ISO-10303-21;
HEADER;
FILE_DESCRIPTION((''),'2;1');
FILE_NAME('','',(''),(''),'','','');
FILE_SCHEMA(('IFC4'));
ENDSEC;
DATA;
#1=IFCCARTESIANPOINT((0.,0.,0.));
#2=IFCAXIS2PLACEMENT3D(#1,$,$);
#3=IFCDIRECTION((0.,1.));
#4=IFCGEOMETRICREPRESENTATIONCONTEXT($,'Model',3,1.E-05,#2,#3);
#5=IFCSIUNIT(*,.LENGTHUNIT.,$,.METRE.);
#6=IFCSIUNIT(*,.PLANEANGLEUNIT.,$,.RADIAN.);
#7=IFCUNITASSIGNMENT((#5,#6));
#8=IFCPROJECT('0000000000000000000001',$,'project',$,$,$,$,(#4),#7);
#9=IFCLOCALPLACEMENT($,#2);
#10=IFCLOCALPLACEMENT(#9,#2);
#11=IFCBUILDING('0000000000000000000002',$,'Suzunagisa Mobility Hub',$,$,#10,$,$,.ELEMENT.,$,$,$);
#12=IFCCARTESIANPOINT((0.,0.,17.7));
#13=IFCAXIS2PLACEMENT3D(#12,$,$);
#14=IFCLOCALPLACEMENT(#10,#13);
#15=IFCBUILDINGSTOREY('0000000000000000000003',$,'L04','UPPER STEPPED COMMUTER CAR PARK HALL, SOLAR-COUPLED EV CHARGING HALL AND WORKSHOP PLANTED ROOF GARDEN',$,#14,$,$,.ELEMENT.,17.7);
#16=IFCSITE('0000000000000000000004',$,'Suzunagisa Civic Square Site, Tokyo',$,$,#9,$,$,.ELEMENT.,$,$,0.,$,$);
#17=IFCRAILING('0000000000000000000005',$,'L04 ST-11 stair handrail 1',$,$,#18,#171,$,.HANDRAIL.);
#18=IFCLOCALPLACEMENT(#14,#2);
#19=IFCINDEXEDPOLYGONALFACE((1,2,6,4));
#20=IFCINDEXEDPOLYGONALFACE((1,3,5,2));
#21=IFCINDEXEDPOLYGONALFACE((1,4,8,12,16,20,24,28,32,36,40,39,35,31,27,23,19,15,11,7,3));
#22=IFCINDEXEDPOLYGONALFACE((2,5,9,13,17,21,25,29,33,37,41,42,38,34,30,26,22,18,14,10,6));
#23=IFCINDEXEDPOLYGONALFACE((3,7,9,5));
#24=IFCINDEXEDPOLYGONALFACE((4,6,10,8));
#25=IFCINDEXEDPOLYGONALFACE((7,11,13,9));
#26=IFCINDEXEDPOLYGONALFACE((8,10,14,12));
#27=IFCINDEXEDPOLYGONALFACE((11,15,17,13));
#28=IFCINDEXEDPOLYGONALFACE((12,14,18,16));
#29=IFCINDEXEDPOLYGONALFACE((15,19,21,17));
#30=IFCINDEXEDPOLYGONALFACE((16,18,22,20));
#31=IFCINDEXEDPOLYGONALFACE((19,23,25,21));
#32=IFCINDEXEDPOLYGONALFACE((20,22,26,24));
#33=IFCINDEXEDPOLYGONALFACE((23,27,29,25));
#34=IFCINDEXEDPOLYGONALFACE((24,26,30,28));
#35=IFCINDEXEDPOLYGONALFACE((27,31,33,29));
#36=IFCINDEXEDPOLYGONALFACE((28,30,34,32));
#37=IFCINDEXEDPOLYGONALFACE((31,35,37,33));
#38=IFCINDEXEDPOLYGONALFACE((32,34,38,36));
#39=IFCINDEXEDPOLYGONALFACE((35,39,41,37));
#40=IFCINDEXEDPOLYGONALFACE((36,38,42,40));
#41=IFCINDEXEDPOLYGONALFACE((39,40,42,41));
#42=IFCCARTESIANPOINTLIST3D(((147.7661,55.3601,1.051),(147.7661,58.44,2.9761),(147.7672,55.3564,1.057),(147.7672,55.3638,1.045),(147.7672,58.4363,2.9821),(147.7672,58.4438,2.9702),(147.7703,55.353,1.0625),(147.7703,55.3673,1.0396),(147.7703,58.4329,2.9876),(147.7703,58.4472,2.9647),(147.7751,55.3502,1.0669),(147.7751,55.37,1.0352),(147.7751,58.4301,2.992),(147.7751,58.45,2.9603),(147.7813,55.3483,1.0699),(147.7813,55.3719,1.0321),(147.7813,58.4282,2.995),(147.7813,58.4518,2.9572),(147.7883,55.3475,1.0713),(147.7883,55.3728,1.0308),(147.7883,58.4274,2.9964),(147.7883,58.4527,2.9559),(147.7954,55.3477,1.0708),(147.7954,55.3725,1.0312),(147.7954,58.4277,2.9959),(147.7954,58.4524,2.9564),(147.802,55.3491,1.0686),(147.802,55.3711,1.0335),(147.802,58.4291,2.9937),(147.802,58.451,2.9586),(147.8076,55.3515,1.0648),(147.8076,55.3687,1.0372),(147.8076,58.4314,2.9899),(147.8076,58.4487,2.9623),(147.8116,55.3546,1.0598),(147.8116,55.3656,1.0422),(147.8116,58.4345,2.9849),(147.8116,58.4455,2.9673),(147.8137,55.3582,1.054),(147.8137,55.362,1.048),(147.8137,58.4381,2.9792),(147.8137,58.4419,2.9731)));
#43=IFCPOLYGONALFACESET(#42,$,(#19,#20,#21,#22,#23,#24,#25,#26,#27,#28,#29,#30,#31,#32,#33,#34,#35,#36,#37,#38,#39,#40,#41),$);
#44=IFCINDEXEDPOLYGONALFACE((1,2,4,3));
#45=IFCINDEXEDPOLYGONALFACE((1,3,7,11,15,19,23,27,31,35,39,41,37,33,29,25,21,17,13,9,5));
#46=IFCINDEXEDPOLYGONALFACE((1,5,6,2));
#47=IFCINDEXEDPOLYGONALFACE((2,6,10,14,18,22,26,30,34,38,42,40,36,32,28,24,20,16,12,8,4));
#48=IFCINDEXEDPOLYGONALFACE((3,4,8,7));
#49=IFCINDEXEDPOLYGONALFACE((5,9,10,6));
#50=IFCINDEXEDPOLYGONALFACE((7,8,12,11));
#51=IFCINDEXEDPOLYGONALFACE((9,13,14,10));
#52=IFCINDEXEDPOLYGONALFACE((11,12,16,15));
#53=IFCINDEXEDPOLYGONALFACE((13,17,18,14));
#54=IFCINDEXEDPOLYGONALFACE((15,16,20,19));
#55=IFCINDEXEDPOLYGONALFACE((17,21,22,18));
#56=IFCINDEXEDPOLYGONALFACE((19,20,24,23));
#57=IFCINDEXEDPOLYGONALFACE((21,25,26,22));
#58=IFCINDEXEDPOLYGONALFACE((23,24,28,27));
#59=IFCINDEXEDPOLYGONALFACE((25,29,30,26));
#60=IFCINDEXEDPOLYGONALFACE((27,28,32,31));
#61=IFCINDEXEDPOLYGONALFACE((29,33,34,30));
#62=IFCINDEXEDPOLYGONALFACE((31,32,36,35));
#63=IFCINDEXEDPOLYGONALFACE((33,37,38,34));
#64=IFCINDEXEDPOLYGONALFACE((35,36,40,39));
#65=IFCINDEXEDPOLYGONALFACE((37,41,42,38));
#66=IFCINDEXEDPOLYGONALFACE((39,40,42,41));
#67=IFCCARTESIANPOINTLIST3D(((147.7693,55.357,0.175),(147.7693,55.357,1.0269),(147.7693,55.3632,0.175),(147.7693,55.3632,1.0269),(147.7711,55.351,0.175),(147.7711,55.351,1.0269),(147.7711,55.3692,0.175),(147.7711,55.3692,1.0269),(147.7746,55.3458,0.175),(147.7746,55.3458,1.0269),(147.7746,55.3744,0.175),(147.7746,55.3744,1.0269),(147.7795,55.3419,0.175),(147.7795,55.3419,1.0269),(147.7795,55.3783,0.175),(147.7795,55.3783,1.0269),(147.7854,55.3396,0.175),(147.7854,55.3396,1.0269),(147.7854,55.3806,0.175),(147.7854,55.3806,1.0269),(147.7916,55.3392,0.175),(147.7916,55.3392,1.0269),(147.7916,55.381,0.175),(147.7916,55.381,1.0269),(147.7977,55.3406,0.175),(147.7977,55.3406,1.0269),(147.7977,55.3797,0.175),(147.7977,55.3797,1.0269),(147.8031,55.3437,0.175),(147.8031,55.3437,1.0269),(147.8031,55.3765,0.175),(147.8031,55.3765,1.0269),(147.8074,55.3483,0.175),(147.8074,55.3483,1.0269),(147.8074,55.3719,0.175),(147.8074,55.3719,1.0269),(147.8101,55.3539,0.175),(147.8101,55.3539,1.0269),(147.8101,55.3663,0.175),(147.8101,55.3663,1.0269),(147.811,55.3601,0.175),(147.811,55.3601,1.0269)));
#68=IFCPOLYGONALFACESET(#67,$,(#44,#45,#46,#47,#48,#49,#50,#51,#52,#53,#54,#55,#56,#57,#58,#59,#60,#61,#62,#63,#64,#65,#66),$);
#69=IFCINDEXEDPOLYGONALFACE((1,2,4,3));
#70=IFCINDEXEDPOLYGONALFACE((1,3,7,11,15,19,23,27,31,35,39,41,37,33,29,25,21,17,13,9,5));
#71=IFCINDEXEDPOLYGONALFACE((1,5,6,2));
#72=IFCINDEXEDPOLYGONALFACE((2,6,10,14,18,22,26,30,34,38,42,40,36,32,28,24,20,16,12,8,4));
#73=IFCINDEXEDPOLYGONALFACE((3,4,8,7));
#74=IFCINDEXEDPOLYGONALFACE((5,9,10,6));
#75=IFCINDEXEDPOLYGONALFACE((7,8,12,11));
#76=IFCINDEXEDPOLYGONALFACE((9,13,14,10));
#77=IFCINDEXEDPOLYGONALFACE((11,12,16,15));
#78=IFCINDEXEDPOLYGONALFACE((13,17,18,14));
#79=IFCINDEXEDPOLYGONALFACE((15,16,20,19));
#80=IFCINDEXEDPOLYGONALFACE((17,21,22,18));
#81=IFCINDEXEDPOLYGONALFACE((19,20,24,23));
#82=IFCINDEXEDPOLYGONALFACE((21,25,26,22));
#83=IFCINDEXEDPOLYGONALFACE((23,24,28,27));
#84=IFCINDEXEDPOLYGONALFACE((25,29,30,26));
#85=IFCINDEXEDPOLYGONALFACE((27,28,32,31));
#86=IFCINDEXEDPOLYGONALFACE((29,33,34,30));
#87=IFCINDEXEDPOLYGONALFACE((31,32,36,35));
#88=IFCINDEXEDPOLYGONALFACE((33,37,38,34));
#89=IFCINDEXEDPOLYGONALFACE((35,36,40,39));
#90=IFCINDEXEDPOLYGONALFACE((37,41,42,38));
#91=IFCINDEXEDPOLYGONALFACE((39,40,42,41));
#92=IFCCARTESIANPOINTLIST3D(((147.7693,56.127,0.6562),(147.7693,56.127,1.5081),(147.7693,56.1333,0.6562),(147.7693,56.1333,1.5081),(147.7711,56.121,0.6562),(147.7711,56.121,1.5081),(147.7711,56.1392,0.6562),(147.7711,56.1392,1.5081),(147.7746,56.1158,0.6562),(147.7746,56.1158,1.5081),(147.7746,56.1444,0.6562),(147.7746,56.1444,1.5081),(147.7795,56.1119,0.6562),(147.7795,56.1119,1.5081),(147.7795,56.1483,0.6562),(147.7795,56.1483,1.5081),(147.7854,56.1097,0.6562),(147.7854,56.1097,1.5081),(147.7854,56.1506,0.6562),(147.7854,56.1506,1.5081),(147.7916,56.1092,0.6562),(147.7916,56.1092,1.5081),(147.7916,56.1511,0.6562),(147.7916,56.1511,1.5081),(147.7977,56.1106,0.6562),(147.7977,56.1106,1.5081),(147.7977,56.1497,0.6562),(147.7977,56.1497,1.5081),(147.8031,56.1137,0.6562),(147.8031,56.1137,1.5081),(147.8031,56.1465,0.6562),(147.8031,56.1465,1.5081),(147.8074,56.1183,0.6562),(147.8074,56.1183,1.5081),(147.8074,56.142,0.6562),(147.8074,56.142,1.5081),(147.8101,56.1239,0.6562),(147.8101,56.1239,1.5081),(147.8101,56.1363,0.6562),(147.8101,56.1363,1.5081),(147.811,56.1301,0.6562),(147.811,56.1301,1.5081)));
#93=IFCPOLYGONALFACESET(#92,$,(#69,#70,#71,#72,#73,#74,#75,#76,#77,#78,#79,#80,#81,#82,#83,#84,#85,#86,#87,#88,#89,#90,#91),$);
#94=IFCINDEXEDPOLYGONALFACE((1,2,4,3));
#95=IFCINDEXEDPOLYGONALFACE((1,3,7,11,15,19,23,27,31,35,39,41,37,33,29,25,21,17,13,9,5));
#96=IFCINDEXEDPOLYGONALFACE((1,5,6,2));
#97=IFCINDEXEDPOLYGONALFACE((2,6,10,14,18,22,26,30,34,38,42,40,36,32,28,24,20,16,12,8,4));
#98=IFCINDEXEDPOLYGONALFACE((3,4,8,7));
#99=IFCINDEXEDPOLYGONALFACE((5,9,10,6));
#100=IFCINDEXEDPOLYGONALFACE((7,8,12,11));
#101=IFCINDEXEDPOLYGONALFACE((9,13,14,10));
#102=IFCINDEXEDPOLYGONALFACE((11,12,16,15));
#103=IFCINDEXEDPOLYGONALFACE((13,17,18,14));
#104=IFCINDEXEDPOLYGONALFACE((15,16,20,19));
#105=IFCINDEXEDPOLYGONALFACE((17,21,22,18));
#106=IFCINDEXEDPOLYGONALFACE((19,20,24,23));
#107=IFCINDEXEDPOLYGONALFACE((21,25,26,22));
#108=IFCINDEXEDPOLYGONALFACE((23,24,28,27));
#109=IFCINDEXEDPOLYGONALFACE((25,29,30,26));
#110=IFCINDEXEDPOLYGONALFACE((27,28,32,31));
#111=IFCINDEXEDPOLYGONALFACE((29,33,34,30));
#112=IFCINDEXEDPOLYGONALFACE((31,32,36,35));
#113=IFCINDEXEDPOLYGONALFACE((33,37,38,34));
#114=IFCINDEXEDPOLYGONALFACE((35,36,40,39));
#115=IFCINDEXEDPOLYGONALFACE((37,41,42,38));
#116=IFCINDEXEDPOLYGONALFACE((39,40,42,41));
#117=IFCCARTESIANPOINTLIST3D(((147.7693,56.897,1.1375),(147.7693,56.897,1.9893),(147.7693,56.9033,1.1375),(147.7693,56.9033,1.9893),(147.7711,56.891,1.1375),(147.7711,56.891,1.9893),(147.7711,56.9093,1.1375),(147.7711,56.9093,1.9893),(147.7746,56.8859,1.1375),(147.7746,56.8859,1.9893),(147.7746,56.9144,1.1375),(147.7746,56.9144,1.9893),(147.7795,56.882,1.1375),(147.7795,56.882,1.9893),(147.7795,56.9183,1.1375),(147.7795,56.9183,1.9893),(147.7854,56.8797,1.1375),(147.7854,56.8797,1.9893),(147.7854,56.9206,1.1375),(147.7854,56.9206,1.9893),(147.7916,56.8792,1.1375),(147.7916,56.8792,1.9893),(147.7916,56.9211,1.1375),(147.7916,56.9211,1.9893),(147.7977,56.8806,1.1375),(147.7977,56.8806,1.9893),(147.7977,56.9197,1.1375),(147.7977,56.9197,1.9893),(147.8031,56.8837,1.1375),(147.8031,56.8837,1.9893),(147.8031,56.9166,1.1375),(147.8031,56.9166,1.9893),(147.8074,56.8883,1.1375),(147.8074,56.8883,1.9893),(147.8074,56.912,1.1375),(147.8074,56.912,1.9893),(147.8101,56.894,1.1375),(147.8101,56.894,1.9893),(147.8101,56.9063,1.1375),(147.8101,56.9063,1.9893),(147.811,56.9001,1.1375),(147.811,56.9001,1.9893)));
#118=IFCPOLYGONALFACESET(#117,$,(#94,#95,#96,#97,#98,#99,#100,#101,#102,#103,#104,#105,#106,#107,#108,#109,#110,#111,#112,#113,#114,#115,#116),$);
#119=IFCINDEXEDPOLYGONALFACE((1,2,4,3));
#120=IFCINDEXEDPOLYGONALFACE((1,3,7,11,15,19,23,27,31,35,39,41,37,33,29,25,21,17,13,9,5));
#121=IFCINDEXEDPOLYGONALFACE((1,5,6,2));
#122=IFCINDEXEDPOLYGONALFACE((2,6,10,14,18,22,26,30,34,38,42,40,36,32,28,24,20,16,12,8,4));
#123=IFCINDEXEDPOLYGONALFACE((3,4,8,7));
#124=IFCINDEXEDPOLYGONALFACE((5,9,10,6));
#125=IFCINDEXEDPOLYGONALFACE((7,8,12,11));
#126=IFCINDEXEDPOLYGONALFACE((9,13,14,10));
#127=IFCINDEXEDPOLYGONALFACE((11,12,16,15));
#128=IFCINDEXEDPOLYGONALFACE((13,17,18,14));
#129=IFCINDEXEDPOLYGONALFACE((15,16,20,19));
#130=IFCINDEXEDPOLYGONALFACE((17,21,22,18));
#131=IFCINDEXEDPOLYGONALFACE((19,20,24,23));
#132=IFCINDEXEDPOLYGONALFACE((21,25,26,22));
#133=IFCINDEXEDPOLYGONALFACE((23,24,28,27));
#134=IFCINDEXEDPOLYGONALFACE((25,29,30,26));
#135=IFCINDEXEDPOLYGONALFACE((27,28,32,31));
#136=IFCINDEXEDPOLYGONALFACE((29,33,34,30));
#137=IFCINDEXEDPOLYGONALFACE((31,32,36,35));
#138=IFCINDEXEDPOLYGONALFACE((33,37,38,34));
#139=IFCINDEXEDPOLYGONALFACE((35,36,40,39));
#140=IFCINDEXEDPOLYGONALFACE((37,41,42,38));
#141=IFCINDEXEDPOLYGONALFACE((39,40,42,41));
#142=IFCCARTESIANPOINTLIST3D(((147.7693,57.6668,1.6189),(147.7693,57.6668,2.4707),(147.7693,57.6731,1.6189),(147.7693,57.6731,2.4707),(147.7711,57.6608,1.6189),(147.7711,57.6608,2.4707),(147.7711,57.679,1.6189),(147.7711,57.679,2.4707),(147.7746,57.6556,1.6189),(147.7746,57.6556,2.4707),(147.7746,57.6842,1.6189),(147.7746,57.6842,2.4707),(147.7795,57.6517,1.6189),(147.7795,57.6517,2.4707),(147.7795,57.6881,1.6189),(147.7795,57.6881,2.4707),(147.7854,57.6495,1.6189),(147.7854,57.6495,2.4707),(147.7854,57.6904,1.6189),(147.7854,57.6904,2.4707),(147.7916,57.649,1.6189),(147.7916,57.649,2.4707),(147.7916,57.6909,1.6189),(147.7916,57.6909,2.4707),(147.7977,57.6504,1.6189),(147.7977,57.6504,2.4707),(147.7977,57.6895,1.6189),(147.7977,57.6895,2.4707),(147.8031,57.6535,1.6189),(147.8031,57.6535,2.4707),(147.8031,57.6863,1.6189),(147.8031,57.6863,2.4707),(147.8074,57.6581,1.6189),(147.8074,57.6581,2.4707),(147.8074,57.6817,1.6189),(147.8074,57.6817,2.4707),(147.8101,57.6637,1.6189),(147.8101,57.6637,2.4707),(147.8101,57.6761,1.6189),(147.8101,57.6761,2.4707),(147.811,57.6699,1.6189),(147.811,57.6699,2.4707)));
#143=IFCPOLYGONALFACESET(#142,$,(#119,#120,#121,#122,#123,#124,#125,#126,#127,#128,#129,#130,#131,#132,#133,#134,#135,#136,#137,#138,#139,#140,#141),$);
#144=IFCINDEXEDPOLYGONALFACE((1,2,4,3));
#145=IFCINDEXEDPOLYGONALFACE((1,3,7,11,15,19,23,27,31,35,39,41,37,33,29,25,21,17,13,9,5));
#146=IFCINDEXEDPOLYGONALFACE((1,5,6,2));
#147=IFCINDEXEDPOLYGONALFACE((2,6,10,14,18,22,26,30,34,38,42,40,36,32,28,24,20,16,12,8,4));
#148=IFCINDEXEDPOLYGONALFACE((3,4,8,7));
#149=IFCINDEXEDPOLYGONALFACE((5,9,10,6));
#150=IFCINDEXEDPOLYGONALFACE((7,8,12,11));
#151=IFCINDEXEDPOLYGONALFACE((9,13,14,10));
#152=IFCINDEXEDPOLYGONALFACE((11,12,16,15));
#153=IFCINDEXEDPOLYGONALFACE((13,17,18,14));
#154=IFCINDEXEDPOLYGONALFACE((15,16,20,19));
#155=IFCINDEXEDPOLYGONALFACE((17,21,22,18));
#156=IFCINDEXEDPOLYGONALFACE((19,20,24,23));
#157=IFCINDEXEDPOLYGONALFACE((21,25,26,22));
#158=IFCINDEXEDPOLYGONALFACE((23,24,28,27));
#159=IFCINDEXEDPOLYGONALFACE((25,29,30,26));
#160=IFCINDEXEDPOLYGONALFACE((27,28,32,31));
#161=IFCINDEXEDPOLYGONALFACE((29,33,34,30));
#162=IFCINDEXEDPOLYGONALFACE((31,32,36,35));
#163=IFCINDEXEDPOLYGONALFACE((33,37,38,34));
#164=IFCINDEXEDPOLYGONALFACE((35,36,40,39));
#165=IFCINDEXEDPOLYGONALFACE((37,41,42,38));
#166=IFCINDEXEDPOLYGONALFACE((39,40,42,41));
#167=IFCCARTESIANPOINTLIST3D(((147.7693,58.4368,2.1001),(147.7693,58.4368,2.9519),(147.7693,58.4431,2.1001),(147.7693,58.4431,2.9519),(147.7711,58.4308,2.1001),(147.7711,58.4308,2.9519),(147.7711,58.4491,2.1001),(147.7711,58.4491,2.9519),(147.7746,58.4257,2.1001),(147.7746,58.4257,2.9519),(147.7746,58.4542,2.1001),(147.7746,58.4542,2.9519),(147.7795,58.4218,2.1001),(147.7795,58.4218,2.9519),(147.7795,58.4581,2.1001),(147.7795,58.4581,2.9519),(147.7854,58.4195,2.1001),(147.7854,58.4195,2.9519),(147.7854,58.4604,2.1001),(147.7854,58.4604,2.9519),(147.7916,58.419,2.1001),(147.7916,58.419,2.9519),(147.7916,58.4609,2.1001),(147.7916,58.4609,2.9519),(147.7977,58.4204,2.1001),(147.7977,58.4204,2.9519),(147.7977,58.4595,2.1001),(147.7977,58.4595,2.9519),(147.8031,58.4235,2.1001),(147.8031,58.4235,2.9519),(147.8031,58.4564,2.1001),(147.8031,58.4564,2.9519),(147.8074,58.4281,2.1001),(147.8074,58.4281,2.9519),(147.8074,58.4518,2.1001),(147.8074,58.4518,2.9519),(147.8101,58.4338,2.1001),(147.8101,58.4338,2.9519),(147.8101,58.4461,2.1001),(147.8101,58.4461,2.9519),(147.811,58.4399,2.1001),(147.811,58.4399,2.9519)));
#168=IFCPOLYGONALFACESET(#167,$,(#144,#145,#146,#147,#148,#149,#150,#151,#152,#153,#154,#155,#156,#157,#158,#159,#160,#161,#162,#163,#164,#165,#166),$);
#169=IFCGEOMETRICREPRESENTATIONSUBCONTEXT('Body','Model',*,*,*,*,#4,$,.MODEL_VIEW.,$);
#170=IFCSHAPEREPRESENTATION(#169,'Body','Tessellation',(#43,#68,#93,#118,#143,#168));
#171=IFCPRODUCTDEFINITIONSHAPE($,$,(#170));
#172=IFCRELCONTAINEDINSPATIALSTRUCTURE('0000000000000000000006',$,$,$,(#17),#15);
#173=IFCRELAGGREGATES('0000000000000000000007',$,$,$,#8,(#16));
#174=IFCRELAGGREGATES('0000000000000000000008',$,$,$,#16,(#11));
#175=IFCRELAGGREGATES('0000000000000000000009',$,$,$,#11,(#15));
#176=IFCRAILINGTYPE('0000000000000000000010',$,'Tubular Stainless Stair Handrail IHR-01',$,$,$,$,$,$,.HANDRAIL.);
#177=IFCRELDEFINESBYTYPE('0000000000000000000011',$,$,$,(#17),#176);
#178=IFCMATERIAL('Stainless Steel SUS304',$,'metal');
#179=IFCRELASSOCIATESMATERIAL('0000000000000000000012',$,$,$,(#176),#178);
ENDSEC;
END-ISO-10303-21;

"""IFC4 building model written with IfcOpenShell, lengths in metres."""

from ifc_helpers import new_model, si_unit, direction, frame, origin, origin_2d, place, context, subcontext, project, spatial, circle, extrude, material, type_object, element, save


model = new_model("IFC4")

# Units and contexts
model_context = context("Model", 3, precision=1e-05, world=origin(), true_north=direction((0.0, 1.0)))
body_context = subcontext(model_context, "Body", "Model", "MODEL_VIEW")
ifc_project = project(units=[si_unit("LENGTHUNIT", "METRE"), si_unit("PLANEANGLEUNIT", "RADIAN")], contexts=[model_context])

# Site, building, storey
site_placement = place(None, origin())
site = spatial("IfcSite", under=ifc_project, at=site_placement, Name="Suzunagisa Civic Square Site, Tokyo", CompositionType="ELEMENT", RefElevation=0.0)
building_placement = place(site_placement, origin())
building = spatial("IfcBuilding", under=site, at=building_placement, Name="Suzunagisa Mobility Hub", CompositionType="ELEMENT")
storey_placement = place(building_placement, frame((0.0, 0.0, 17.7)))
storey = spatial("IfcBuildingStorey", under=building, at=storey_placement, Name="L04", Description="UPPER STEPPED COMMUTER CAR PARK HALL, SOLAR-COUPLED EV CHARGING HALL AND WORKSHOP PLANTED ROOF GARDEN", CompositionType="ELEMENT", Elevation=17.7)

# Railing
ifc_material_1 = material(Name="Stainless Steel SUS304", Category="metal")
railing_type_1 = type_object("IfcRailingType", Name="Tubular Stainless Stair Handrail IHR-01", PredefinedType="HANDRAIL", material=ifc_material_1)
railing_1_placement = place(storey_placement, frame((147.79, 55.3601, 0.175)))
element("IfcRailing", 1, at=railing_1_placement, inside=storey, type_object=railing_type_1, Name="L04 ST-11 stair handrail 1", PredefinedType="HANDRAIL", context=body_context, shape_type="SweptSolid", body=[
    extrude(circle(Radius=0.0239, at=origin_2d()), frame((0.0, 0.0, 0.876), z_axis=(0.0, 0.847979, 0.530029), x_axis=(-1.0, 0.0, 0.0)), (0.0, 0.0, 1.0), 3.6321),
    extrude(circle(Radius=0.021, at=origin_2d()), origin(), (0.0, 0.0, 1.0), 0.8518),
    extrude(circle(Radius=0.021, at=origin_2d()), frame((0.0, 0.77, 0.4812)), (0.0, 0.0, 1.0), 0.8518),
    extrude(circle(Radius=0.021, at=origin_2d()), frame((0.0, 1.54, 0.9624)), (0.0, 0.0, 1.0), 0.8518),
    extrude(circle(Radius=0.021, at=origin_2d()), frame((0.0, 2.3098, 1.4438)), (0.0, 0.0, 1.0), 0.8518),
    extrude(circle(Radius=0.021, at=origin_2d()), frame((0.0, 3.0798, 1.925)), (0.0, 0.0, 1.0), 0.8518),
])

save(model, "model.ifc")
